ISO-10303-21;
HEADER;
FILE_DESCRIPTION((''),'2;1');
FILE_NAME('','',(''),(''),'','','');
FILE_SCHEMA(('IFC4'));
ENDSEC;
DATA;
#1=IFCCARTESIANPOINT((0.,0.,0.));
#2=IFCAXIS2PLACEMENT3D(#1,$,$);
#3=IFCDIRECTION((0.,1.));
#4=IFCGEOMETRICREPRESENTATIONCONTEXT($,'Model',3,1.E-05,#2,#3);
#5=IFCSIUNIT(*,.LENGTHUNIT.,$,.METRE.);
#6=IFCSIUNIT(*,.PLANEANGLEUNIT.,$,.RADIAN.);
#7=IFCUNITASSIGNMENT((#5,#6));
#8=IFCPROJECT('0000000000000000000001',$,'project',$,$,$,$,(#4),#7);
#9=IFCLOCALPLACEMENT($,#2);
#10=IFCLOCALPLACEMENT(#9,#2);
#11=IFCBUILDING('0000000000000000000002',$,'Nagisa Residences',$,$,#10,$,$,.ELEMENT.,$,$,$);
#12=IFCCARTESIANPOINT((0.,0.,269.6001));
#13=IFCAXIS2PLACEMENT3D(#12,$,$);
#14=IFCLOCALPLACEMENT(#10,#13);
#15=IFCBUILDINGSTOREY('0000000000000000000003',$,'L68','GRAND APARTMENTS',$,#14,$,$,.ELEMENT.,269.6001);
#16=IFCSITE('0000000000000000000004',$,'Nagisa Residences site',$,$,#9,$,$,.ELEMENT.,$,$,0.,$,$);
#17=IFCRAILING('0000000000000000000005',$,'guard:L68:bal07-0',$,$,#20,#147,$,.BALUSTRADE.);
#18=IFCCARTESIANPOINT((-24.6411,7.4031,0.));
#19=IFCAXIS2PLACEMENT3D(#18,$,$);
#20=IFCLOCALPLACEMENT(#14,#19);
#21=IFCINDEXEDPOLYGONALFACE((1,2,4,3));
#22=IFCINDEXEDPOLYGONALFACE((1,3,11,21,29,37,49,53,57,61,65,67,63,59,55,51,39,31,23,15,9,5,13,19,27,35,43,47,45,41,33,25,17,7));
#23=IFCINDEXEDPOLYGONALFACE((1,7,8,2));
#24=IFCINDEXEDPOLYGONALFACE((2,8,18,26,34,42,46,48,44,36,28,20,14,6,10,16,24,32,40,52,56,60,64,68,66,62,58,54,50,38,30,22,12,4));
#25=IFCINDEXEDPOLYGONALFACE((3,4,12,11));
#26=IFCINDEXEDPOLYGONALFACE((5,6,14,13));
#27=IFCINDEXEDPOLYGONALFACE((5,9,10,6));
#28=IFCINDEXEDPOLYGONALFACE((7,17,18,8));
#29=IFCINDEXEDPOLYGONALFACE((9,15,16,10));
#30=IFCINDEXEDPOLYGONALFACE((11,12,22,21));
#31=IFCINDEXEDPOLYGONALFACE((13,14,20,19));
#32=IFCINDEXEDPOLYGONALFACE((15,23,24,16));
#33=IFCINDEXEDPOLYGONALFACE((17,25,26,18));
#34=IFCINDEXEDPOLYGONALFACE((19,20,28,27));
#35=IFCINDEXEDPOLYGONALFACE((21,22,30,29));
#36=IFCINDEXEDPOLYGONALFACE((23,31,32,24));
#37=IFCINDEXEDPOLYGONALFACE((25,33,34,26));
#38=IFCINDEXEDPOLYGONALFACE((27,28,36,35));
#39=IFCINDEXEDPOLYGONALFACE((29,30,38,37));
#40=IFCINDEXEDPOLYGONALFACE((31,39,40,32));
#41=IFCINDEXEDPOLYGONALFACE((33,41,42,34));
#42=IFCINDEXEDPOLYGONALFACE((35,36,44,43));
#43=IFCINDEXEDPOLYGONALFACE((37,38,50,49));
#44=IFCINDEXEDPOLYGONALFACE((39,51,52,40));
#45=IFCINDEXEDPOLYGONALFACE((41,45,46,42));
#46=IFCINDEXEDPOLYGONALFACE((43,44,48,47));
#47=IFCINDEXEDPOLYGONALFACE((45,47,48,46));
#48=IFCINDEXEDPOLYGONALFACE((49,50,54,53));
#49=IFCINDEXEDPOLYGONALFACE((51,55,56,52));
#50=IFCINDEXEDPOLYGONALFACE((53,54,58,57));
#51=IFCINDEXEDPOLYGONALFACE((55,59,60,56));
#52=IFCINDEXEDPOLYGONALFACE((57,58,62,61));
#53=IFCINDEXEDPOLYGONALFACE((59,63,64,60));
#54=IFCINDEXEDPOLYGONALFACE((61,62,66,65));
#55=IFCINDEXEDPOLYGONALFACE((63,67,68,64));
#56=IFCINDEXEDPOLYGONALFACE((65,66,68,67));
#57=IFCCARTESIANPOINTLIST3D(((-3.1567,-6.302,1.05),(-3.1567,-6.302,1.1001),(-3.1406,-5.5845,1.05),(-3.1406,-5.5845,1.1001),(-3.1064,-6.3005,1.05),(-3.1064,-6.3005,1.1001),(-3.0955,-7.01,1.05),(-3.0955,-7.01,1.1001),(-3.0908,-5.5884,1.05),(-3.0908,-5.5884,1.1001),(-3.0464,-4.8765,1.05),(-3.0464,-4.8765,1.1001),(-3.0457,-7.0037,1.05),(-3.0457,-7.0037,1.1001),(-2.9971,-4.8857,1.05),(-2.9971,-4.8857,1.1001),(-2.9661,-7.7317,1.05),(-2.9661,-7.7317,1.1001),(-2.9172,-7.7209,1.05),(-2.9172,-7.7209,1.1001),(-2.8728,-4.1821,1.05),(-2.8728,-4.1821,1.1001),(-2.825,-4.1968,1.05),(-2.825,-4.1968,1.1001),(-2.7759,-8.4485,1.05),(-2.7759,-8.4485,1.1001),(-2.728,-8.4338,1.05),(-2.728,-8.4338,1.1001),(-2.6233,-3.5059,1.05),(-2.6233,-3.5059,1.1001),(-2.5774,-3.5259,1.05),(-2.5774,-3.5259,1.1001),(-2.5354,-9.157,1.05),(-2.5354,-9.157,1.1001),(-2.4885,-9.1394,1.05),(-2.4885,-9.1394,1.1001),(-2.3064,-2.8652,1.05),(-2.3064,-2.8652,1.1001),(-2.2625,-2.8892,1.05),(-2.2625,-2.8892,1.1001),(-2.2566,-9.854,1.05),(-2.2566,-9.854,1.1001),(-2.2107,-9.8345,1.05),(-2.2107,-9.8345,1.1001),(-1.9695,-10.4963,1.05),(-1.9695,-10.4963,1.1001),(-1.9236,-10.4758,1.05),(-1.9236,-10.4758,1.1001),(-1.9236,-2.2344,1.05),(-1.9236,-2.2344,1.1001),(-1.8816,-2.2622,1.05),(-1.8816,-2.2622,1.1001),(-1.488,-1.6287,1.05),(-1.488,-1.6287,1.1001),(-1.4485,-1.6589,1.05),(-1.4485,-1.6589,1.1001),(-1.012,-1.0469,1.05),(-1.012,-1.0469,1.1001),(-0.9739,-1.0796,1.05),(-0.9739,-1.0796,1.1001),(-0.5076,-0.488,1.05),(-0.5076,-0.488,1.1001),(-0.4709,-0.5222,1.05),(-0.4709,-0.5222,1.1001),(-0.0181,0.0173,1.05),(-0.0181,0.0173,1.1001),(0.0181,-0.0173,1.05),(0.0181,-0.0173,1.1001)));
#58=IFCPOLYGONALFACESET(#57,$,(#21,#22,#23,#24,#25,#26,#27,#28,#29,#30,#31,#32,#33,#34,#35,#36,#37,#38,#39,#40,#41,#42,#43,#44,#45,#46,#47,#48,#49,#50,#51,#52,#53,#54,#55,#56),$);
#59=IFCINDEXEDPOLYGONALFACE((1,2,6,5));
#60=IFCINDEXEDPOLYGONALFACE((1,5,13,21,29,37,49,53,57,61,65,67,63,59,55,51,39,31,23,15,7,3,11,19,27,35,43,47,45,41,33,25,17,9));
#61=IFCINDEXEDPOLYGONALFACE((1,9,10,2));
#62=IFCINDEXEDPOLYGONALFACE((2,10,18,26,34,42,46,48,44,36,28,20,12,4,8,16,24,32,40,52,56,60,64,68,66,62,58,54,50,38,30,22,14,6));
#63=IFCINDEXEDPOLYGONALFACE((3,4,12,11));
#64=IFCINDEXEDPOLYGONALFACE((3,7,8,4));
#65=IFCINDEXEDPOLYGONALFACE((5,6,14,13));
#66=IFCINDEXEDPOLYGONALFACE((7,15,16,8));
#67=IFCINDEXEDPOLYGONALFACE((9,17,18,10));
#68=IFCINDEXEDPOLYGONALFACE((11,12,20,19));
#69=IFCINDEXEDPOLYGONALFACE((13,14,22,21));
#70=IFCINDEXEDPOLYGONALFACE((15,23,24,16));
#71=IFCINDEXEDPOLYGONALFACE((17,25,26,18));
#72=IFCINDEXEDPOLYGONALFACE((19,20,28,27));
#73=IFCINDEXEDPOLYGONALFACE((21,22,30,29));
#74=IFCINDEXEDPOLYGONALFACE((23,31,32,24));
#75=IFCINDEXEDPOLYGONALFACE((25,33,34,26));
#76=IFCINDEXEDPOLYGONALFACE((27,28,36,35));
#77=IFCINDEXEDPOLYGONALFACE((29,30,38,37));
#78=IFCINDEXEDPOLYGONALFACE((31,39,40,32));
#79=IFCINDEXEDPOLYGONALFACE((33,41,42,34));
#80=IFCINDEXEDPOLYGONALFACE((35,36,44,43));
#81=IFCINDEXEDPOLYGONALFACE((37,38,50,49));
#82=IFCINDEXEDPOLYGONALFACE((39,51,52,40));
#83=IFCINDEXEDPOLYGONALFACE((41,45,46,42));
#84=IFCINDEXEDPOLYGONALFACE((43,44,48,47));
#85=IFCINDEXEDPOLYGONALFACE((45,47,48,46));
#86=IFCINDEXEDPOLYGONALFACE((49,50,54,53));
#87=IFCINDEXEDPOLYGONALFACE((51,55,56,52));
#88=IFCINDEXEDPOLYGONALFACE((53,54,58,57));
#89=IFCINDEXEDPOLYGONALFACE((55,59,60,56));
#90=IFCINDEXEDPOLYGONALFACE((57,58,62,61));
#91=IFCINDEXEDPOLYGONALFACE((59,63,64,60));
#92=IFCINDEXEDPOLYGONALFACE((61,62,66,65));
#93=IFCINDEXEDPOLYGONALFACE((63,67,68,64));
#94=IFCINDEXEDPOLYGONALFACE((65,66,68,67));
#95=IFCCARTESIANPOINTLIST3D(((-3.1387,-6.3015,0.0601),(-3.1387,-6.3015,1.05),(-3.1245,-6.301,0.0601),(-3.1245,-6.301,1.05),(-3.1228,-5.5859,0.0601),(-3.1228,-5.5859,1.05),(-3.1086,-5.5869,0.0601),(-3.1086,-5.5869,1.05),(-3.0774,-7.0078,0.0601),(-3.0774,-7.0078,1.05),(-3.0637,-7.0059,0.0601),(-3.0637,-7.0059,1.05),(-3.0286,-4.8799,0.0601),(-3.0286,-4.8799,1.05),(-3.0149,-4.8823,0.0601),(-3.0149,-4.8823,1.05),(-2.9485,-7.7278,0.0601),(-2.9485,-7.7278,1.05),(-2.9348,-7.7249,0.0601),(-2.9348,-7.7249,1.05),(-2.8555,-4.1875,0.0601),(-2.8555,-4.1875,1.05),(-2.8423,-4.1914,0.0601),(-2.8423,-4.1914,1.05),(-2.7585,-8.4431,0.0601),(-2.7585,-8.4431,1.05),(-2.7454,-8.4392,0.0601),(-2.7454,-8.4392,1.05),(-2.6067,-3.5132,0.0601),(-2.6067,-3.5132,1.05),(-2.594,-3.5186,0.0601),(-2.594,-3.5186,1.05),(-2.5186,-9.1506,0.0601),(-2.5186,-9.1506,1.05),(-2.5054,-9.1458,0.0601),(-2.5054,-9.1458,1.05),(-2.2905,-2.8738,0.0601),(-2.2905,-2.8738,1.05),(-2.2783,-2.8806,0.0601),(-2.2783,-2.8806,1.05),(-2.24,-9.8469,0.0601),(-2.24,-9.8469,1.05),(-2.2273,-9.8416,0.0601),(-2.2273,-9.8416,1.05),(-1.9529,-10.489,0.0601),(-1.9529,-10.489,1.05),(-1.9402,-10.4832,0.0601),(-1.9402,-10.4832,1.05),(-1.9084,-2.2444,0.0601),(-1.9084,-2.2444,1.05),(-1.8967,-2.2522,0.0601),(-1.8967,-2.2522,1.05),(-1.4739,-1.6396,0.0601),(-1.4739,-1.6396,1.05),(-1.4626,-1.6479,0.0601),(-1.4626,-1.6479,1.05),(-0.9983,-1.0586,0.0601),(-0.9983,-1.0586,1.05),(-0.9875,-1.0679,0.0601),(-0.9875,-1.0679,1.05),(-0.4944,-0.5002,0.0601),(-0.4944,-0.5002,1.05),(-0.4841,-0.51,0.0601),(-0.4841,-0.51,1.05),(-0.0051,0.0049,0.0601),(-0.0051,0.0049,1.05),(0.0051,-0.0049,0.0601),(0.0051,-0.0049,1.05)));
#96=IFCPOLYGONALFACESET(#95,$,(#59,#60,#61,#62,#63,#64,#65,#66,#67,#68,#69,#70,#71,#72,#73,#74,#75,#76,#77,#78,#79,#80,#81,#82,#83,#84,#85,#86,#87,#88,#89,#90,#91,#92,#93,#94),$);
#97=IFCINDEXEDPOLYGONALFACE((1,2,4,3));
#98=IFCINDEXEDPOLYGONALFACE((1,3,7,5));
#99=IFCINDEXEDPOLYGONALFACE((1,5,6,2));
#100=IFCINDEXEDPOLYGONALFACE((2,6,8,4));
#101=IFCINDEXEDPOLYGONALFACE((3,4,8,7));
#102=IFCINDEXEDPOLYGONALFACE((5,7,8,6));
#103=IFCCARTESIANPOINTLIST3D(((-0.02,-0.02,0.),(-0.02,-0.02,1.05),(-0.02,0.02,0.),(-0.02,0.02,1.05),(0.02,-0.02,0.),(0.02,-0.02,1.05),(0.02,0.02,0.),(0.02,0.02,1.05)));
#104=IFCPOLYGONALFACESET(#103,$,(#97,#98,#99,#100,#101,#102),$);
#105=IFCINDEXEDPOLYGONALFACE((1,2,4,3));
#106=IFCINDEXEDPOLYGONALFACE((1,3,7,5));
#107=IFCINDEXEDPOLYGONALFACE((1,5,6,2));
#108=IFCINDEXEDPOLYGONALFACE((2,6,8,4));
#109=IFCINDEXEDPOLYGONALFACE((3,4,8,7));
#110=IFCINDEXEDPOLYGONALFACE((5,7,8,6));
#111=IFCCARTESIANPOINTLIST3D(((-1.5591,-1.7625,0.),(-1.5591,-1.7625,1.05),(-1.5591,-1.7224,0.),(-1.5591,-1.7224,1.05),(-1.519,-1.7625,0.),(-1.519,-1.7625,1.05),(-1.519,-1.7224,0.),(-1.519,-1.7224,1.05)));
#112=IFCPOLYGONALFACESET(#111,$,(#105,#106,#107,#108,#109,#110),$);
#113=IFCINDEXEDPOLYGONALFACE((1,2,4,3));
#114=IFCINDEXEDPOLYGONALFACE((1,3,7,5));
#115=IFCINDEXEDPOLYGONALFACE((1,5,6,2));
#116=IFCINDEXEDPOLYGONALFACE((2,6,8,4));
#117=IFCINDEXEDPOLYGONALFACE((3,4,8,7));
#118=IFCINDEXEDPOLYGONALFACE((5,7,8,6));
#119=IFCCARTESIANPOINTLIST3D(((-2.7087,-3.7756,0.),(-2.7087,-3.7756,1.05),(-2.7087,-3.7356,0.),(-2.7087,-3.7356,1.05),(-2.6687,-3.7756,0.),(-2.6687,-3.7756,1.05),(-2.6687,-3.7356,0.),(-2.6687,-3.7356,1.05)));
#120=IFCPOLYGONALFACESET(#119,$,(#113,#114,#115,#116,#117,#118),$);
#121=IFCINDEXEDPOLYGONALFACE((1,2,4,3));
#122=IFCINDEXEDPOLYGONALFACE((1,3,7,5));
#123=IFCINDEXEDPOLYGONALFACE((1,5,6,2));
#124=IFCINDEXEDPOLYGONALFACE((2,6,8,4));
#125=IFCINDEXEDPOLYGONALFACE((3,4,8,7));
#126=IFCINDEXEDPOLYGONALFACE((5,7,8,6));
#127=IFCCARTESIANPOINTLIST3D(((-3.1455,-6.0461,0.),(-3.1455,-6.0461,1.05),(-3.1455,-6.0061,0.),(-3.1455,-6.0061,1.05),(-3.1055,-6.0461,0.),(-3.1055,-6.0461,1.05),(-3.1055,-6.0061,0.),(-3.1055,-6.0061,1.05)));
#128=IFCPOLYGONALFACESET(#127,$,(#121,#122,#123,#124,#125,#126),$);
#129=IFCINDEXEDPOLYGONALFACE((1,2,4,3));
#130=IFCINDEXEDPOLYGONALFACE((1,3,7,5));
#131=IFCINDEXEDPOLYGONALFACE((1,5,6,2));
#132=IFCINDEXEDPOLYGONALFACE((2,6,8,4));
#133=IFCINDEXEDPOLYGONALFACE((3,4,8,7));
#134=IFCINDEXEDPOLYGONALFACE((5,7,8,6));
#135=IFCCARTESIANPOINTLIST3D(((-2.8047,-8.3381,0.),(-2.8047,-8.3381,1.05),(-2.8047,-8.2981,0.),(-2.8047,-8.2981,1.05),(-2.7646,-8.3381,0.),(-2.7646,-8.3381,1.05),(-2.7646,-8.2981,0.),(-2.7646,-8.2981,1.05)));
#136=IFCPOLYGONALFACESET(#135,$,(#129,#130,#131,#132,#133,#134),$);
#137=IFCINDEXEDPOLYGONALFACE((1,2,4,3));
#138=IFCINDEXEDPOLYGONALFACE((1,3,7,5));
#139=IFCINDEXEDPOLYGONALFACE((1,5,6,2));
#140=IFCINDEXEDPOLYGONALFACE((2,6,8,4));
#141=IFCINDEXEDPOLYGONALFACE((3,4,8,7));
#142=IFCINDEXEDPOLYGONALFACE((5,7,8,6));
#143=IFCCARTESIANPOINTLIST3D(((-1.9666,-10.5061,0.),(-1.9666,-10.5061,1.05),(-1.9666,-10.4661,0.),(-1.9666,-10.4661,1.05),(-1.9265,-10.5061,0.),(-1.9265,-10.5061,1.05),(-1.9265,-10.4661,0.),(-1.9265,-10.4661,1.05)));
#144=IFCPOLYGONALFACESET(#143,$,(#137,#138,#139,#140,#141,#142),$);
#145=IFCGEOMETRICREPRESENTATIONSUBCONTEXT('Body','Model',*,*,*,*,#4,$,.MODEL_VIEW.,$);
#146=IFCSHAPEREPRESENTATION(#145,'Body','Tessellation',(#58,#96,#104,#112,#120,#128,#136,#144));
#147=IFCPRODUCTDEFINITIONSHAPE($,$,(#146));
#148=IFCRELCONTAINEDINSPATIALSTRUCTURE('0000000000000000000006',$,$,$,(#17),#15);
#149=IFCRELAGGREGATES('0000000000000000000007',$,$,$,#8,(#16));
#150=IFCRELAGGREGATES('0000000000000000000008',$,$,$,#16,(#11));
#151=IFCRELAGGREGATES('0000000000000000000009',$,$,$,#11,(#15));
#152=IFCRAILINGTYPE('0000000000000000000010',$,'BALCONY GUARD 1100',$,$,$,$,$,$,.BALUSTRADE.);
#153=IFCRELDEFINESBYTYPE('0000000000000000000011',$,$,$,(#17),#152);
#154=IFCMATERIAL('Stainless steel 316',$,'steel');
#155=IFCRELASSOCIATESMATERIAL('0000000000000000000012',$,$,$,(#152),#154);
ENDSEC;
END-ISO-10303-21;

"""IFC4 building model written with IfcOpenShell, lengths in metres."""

from ifc_helpers import new_model, si_unit, direction, frame, origin, origin_2d, place, context, subcontext, project, spatial, polyline, rectangle, outline, extrude, material, type_object, element, save


model = new_model("IFC4")

# Units and contexts
model_context = context("Model", 3, precision=1e-05, world=origin(), true_north=direction((0.0, 1.0)))
body_context = subcontext(model_context, "Body", "Model", "MODEL_VIEW")
ifc_project = project(units=[si_unit("LENGTHUNIT", "METRE"), si_unit("PLANEANGLEUNIT", "RADIAN")], contexts=[model_context])

# Site, building, storey
site_placement = place(None, origin())
site = spatial("IfcSite", under=ifc_project, at=site_placement, Name="Nagisa Residences site", CompositionType="ELEMENT", RefElevation=0.0)
building_placement = place(site_placement, origin())
building = spatial("IfcBuilding", under=site, at=building_placement, Name="Nagisa Residences", CompositionType="ELEMENT")
storey_placement = place(building_placement, frame((0.0, 0.0, 269.6001)))
storey = spatial("IfcBuildingStorey", under=building, at=storey_placement, Name="L68", Description="GRAND APARTMENTS", CompositionType="ELEMENT", Elevation=269.6001)

# Railing
ifc_material_1 = material(Name="Stainless steel 316", Category="steel")
railing_type = type_object("IfcRailingType", Name="BALCONY GUARD 1100", PredefinedType="BALUSTRADE", material=ifc_material_1)
railing_placement = place(storey_placement, frame((-24.6411, 7.4031, 0.0)))
element("IfcRailing", 1, at=railing_placement, inside=storey, type_object=railing_type, Name="guard:L68:bal07-0", PredefinedType="BALUSTRADE", context=body_context, shape_type="SweptSolid", body=[
    extrude(outline(polyline([(-0.4709, -0.5222), (0.0181, -0.0173), (-0.0181, 0.0173), (-0.5076, -0.488), (-1.012, -1.0469), (-1.488, -1.6287), (-1.9236, -2.2344), (-2.3064, -2.8652), (-2.6233, -3.5059), (-2.8728, -4.1821), (-3.0464, -4.8765), (-3.1406, -5.5845), (-3.1567, -6.302), (-3.0955, -7.01), (-2.9661, -7.7317), (-2.7759, -8.4485), (-2.5354, -9.157), (-2.2566, -9.854), (-1.9695, -10.4963), (-1.9236, -10.4758), (-2.2107, -9.8345), (-2.4885, -9.1394), (-2.728, -8.4338), (-2.9172, -7.7209), (-3.0457, -7.0037), (-3.1064, -6.3005), (-3.0908, -5.5884), (-2.9971, -4.8857), (-2.825, -4.1968), (-2.5774, -3.5259), (-2.2625, -2.8892), (-1.8816, -2.2622), (-1.4485, -1.6589), (-0.9739, -1.0796), (-0.4709, -0.5222)])), frame((0.0, 0.0, 1.05)), (0.0, 0.0, 1.0), 0.05),
    extrude(outline(polyline([(-0.4841, -0.51), (0.0051, -0.0049), (-0.0051, 0.0049), (-0.4944, -0.5002), (-0.9983, -1.0586), (-1.4739, -1.6396), (-1.9084, -2.2444), (-2.2905, -2.8738), (-2.6067, -3.5132), (-2.8555, -4.1875), (-3.0286, -4.8799), (-3.1228, -5.5859), (-3.1387, -6.3015), (-3.0774, -7.0078), (-2.9485, -7.7278), (-2.7585, -8.4431), (-2.5186, -9.1506), (-2.24, -9.8469), (-1.9529, -10.489), (-1.9402, -10.4832), (-2.2273, -9.8416), (-2.5054, -9.1458), (-2.7454, -8.4392), (-2.9348, -7.7249), (-3.0637, -7.0059), (-3.1245, -6.301), (-3.1086, -5.5869), (-3.0149, -4.8823), (-2.8423, -4.1914), (-2.594, -3.5186), (-2.2783, -2.8806), (-1.8967, -2.2522), (-1.4626, -1.6479), (-0.9875, -1.0679), (-0.4841, -0.51)])), frame((0.0, 0.0, 0.0601)), (0.0, 0.0, 1.0), 0.99),
    extrude(rectangle(XDim=0.04, YDim=0.04, at=origin_2d()), origin(), (0.0, 0.0, 1.0), 1.05),
    extrude(rectangle(XDim=0.04, YDim=0.04, at=origin_2d()), frame((-1.5391, -1.7424, 0.0)), (0.0, 0.0, 1.0), 1.05),
    extrude(rectangle(XDim=0.04, YDim=0.04, at=origin_2d()), frame((-2.6887, -3.7556, 0.0)), (0.0, 0.0, 1.0), 1.05),
    extrude(rectangle(XDim=0.04, YDim=0.04, at=origin_2d()), frame((-3.1255, -6.0261, 0.0)), (0.0, 0.0, 1.0), 1.05),
    extrude(rectangle(XDim=0.04, YDim=0.04, at=origin_2d()), frame((-2.7847, -8.3181, 0.0)), (0.0, 0.0, 1.0), 1.05),
    extrude(rectangle(XDim=0.04, YDim=0.04, at=origin_2d()), frame((-1.9465, -10.4861, 0.0)), (0.0, 0.0, 1.0), 1.05),
])

save(model, "model.ifc")
